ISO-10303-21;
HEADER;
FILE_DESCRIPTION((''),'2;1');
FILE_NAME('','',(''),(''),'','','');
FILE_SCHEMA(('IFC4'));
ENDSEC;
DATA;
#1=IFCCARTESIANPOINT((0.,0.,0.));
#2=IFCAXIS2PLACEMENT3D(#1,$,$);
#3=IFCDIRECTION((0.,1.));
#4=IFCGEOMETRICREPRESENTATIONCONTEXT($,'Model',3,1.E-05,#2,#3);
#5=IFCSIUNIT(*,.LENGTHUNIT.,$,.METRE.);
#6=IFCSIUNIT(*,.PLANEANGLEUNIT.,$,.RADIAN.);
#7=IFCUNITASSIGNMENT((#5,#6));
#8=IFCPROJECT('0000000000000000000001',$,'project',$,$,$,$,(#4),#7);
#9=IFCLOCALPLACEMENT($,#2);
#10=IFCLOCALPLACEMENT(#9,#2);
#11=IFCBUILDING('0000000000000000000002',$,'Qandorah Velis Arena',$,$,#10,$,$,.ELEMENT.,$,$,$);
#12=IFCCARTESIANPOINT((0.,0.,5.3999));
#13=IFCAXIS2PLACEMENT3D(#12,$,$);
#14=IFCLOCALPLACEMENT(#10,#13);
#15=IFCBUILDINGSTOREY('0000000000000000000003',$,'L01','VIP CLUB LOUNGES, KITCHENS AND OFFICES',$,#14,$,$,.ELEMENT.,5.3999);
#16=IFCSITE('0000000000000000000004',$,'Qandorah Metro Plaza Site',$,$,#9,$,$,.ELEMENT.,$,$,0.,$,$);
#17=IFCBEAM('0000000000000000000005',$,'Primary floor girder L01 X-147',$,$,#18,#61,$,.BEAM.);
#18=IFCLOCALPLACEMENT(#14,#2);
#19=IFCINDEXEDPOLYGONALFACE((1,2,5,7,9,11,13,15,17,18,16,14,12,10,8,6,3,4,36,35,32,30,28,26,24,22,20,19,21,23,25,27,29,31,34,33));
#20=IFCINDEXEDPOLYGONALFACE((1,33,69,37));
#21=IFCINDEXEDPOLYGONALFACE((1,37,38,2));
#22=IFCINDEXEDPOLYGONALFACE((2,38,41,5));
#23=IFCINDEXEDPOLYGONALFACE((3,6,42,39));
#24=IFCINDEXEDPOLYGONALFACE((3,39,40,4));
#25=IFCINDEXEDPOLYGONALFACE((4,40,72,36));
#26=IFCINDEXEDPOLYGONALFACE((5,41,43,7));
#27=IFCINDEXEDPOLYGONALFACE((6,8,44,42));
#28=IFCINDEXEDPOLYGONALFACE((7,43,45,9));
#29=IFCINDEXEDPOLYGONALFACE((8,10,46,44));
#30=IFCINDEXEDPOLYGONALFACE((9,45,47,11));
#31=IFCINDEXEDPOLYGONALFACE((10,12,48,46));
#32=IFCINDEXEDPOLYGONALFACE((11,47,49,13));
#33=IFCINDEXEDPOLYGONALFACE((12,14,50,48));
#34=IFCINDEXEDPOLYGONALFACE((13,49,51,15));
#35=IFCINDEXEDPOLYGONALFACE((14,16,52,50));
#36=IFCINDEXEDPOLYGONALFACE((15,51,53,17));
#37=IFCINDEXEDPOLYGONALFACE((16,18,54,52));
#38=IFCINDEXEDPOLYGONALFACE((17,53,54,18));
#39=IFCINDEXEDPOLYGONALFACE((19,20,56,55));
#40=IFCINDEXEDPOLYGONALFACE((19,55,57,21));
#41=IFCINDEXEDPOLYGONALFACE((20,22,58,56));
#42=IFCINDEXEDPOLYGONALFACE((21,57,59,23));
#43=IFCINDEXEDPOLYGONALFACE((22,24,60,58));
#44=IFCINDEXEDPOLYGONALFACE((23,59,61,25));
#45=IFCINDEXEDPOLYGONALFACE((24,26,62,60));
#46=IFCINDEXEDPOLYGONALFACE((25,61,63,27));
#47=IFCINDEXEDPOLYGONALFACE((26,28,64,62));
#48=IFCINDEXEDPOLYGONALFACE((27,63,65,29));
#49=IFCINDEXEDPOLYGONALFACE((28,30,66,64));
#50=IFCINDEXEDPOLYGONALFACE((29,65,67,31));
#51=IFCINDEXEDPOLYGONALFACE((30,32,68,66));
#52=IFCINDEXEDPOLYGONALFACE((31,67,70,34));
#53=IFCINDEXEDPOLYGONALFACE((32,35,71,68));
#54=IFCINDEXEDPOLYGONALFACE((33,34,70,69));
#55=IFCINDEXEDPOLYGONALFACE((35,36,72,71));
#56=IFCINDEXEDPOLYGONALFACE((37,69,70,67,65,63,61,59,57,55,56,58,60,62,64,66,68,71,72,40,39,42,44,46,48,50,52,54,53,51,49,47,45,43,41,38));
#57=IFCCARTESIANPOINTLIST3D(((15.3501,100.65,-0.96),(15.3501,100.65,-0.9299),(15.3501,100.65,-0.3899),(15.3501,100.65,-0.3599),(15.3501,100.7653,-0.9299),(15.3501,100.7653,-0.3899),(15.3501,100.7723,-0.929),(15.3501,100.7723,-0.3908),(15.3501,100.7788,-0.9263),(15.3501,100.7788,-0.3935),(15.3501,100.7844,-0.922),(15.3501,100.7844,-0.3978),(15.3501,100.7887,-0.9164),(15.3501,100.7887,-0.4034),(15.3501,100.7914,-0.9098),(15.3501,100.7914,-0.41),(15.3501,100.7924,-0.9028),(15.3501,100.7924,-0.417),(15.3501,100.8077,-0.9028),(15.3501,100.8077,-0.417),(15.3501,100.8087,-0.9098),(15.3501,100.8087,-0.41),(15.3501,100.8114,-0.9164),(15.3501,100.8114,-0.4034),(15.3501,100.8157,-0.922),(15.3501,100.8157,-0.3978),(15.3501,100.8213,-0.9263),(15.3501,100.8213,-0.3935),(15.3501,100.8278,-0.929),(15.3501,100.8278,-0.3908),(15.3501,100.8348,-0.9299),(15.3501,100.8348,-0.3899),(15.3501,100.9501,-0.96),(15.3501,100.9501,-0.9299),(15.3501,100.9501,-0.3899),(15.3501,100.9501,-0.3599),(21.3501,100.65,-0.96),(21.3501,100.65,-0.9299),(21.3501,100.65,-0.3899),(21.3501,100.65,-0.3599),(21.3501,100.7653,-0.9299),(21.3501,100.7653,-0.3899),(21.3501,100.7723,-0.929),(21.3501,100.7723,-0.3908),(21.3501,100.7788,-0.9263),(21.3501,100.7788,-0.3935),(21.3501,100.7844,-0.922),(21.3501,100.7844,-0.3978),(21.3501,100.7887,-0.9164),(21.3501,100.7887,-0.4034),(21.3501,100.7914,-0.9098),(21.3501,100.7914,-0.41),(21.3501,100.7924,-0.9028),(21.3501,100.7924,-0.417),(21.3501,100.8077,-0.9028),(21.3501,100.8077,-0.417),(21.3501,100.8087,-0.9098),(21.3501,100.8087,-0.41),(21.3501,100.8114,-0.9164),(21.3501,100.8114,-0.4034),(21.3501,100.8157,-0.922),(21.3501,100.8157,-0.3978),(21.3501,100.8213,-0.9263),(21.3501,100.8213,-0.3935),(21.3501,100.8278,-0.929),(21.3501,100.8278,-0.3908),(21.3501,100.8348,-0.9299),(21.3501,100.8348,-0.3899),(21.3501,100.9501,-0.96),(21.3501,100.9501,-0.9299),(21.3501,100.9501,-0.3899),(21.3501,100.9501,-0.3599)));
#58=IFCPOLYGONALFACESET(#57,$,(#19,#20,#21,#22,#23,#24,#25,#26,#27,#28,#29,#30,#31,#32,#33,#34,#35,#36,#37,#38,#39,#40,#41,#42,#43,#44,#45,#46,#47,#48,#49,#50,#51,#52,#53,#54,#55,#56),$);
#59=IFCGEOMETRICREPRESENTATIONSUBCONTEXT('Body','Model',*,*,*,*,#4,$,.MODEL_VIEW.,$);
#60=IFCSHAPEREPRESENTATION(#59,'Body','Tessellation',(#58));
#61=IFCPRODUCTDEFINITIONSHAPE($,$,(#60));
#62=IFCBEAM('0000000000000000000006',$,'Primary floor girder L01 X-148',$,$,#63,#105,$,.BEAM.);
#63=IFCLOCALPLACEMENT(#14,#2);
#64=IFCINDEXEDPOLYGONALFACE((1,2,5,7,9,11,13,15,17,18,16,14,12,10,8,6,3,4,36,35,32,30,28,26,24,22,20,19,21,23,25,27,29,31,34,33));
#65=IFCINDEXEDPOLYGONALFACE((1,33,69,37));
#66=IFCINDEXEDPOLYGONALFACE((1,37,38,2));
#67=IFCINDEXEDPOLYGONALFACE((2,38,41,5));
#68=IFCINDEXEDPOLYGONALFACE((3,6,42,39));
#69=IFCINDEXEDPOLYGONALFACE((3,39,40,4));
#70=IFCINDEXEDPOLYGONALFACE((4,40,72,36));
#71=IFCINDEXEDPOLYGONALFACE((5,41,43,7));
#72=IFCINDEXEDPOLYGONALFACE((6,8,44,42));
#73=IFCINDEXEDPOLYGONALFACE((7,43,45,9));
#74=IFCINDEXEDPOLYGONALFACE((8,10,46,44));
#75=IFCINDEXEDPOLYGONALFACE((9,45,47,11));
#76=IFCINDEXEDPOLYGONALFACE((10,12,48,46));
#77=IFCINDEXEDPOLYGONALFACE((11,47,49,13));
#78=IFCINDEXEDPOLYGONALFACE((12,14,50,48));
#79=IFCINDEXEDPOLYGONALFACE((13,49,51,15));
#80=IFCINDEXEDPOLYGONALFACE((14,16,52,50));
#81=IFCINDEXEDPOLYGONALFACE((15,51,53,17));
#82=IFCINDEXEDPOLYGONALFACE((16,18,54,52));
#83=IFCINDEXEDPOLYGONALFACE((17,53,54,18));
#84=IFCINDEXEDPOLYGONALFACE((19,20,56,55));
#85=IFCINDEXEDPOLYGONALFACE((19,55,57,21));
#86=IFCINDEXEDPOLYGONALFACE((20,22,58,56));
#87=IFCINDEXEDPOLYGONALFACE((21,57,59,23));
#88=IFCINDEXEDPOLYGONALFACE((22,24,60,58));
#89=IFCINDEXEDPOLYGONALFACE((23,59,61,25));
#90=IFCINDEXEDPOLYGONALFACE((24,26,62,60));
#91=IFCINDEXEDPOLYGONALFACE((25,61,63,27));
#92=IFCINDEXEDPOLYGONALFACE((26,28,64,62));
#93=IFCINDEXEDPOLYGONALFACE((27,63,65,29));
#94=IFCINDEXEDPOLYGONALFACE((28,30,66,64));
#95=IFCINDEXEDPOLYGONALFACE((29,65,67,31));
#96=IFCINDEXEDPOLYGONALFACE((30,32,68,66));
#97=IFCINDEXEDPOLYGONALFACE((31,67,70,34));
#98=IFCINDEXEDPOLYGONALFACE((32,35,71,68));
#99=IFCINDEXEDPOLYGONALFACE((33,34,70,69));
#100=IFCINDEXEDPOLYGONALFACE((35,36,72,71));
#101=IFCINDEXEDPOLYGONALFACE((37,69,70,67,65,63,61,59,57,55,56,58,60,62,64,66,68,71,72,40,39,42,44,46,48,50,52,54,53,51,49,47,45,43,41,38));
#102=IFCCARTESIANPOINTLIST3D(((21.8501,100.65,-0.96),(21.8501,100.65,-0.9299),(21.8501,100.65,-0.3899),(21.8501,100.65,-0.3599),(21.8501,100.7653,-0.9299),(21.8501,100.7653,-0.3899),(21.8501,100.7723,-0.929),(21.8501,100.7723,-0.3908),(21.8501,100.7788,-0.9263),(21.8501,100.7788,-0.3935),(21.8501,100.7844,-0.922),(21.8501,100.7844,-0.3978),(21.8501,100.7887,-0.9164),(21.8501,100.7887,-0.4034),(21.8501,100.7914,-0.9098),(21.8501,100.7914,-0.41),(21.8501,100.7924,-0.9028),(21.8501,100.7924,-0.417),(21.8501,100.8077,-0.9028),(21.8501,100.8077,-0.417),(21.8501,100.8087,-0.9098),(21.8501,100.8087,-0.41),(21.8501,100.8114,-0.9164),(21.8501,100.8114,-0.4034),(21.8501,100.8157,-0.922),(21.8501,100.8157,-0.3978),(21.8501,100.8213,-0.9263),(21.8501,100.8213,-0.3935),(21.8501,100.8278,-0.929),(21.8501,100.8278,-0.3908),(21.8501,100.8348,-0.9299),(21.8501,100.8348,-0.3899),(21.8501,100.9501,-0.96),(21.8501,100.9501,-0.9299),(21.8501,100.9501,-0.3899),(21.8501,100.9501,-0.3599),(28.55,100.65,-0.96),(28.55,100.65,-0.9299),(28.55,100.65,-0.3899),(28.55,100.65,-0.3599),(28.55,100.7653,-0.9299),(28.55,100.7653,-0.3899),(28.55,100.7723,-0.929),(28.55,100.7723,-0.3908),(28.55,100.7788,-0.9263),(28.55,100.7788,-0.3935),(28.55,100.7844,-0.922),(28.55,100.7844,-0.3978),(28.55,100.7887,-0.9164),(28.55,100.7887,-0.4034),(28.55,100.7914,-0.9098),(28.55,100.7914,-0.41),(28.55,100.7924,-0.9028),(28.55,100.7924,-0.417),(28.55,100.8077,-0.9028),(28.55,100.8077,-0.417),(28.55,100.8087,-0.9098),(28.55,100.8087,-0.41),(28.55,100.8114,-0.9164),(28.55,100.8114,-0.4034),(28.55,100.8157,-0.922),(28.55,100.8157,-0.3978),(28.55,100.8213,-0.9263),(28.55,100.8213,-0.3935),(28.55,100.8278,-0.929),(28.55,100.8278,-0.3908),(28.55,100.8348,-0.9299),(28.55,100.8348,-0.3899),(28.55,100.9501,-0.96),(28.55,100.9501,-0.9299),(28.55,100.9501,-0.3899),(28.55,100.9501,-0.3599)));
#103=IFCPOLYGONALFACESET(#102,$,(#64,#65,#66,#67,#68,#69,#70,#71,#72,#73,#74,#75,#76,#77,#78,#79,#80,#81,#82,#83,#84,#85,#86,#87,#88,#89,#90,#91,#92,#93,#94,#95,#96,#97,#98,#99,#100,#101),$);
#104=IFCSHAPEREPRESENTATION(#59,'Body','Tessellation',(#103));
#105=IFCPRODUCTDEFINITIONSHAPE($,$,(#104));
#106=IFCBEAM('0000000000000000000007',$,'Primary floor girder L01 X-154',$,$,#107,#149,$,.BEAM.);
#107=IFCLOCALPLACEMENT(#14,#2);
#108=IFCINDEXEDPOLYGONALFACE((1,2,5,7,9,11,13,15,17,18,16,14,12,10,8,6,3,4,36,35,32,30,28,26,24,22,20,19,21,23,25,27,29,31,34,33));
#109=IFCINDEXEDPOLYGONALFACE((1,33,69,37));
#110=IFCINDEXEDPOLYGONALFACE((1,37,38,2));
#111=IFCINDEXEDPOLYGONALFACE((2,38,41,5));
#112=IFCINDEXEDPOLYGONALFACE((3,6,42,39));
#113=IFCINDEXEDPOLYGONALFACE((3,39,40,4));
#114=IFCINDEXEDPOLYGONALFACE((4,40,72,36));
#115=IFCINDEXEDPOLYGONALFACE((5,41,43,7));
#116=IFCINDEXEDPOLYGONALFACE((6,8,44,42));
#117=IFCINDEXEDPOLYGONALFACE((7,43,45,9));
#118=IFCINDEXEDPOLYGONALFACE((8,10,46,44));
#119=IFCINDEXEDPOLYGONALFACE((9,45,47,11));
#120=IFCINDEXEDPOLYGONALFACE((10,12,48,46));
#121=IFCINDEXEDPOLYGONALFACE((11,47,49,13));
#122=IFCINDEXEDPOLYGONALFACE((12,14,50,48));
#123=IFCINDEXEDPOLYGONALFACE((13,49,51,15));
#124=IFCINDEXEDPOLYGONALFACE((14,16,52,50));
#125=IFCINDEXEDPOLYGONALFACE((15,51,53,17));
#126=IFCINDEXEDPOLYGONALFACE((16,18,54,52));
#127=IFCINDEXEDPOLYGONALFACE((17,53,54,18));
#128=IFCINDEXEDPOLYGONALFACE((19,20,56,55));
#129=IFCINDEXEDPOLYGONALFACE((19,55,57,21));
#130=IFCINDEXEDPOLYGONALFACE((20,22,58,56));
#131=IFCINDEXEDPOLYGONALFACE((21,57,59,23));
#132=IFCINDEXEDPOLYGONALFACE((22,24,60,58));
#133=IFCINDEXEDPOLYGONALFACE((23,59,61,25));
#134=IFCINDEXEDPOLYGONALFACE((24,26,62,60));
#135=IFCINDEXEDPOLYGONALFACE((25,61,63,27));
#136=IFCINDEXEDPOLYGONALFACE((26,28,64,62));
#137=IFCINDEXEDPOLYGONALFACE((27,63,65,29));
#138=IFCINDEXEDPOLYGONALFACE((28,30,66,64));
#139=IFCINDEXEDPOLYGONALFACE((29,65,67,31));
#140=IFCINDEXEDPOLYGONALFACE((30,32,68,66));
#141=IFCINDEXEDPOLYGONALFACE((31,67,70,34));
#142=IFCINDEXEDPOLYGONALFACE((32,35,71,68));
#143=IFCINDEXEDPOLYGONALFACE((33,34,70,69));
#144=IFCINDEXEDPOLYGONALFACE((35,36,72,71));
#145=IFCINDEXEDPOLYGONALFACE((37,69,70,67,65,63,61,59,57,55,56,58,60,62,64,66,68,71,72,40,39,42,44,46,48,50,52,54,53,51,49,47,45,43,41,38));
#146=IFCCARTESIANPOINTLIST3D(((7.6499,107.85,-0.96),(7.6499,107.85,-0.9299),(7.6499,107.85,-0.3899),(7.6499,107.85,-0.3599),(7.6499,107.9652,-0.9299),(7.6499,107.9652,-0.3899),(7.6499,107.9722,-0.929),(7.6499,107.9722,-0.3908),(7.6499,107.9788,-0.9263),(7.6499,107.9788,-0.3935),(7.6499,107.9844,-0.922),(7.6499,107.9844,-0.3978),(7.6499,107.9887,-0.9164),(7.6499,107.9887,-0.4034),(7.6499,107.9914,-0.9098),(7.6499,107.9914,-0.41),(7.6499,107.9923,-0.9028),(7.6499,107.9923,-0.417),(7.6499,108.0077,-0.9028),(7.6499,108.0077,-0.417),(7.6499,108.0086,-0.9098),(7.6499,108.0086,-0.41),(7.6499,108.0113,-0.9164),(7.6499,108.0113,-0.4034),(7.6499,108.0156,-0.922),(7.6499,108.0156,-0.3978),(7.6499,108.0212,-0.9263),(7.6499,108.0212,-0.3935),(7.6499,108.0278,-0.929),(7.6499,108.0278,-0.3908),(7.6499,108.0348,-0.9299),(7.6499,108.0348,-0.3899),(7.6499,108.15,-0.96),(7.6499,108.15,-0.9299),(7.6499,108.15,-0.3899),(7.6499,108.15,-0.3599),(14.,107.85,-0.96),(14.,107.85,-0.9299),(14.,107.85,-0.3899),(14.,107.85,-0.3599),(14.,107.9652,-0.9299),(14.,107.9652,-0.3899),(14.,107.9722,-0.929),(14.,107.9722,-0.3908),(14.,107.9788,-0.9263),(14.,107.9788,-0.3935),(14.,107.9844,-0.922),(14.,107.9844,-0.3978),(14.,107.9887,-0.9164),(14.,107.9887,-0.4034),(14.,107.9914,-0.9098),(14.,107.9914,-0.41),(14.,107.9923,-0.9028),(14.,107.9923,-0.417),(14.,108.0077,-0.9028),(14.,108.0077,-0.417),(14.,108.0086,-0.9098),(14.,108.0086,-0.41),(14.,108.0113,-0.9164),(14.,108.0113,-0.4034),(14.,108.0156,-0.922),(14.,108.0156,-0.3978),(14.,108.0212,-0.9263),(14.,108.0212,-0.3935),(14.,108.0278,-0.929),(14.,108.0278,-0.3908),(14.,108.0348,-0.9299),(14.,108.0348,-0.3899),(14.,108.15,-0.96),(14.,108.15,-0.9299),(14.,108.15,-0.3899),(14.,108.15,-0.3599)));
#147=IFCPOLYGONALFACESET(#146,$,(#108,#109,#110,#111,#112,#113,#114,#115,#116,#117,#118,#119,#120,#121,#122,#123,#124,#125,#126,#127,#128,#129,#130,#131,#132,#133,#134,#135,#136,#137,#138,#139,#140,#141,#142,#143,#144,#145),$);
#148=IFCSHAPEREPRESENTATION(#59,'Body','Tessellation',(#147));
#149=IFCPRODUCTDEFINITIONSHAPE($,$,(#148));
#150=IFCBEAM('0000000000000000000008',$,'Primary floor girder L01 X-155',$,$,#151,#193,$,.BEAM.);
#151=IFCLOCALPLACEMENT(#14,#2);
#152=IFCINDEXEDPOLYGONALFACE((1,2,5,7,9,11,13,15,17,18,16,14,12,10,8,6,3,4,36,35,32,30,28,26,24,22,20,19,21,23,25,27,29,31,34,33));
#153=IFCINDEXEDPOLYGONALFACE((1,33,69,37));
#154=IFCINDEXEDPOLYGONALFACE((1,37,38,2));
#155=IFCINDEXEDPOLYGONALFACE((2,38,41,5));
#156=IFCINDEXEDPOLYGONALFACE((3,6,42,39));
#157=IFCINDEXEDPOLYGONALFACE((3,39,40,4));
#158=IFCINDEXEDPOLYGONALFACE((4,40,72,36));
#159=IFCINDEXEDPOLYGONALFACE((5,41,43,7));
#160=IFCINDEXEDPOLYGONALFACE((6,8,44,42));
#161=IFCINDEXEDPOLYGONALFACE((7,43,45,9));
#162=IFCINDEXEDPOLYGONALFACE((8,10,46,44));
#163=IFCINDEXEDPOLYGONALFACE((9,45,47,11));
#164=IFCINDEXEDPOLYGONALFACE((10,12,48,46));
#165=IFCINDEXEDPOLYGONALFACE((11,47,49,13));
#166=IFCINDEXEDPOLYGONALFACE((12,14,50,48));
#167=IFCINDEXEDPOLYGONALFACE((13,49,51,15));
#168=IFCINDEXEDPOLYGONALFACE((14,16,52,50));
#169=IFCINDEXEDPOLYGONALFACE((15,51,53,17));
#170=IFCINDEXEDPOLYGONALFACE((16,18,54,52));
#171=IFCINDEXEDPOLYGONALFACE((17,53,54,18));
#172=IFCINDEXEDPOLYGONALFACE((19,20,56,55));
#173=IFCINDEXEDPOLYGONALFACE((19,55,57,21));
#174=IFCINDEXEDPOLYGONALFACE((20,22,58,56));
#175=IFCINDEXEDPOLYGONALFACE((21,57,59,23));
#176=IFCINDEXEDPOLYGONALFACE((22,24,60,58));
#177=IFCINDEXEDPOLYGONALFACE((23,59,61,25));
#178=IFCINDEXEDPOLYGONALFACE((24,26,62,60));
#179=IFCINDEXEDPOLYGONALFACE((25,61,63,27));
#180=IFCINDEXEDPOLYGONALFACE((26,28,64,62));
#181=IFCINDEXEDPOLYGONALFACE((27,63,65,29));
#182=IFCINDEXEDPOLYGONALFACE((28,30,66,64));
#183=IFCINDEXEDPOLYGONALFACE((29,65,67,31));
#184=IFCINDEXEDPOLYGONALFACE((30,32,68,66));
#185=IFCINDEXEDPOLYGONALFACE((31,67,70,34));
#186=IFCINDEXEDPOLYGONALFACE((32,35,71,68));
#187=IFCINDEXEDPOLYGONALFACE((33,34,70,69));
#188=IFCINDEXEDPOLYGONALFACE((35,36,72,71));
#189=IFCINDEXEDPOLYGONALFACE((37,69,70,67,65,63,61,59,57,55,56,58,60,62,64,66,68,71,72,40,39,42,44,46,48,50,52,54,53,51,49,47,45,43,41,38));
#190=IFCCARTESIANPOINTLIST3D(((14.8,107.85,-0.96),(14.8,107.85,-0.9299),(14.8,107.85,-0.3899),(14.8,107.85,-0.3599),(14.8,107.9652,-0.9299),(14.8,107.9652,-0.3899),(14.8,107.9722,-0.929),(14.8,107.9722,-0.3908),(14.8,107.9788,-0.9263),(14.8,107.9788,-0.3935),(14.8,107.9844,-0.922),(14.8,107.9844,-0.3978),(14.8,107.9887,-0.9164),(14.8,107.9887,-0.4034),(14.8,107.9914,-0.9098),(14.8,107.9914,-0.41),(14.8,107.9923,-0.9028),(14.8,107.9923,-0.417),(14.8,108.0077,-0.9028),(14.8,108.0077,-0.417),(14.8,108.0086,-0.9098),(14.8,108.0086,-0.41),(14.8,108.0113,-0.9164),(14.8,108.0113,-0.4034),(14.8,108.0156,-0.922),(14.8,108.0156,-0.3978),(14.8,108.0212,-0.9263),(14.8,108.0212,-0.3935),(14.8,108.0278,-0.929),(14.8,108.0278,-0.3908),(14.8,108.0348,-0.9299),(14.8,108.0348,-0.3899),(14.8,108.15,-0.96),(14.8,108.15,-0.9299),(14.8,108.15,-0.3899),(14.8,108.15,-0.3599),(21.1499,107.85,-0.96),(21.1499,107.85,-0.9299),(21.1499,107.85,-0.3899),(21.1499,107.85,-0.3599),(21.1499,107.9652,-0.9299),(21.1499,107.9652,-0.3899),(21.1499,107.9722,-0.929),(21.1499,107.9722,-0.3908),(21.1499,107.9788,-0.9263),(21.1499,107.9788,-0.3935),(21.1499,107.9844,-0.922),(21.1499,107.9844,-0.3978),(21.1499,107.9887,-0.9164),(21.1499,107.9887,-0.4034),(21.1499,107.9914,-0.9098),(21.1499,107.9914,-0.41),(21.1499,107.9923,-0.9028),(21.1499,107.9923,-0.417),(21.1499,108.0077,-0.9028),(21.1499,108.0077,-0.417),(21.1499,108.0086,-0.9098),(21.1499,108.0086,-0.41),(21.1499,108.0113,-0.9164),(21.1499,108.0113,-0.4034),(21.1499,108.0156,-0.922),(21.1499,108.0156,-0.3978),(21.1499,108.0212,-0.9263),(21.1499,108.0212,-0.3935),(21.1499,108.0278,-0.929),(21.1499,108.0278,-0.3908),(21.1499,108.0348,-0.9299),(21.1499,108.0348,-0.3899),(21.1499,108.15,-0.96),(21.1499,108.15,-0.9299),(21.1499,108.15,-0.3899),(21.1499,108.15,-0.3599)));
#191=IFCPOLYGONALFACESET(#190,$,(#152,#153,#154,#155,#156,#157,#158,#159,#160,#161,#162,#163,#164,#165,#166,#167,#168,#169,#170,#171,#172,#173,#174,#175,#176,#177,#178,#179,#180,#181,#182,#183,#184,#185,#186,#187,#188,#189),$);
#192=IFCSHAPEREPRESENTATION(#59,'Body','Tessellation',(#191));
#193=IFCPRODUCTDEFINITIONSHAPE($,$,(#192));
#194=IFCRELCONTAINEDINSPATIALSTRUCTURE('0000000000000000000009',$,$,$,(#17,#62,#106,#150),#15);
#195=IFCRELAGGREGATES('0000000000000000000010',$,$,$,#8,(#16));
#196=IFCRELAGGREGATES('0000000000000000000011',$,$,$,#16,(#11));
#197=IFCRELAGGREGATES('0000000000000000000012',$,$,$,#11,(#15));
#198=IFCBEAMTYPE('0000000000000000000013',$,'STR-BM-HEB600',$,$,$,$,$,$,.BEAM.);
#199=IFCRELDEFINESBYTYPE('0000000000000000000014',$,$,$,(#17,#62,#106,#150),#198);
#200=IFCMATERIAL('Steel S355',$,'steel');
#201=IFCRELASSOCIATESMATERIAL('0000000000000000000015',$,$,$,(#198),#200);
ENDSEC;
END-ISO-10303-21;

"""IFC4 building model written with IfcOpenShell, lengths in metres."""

from ifc_helpers import new_model, si_unit, direction, frame, origin, origin_2d, place, context, subcontext, project, spatial, i_section, extrude, material, material_profile, profile_set, type_object, element, save


model = new_model("IFC4")

# Units and contexts
model_context = context("Model", 3, precision=1e-05, world=origin(), true_north=direction((0.0, 1.0)))
body_context = subcontext(model_context, "Body", "Model", "MODEL_VIEW")
ifc_project = project(units=[si_unit("LENGTHUNIT", "METRE"), si_unit("PLANEANGLEUNIT", "RADIAN")], contexts=[model_context])

# Site, building, storey
site_placement = place(None, origin())
site = spatial("IfcSite", under=ifc_project, at=site_placement, Name="Qandorah Metro Plaza Site", CompositionType="ELEMENT", RefElevation=0.0)
building_placement = place(site_placement, origin())
building = spatial("IfcBuilding", under=site, at=building_placement, Name="Qandorah Velis Arena", CompositionType="ELEMENT")
storey_placement = place(building_placement, frame((0.0, 0.0, 5.3999)))
storey = spatial("IfcBuildingStorey", under=building, at=storey_placement, Name="L01", Description="VIP CLUB LOUNGES, KITCHENS AND OFFICES", CompositionType="ELEMENT", Elevation=5.3999)

# Beams
ifc_material_1 = material(Name="Steel S355", Category="steel")
ifc_material_profile_1 = material_profile(ifc_material_1, i_section(OverallWidth=0.3, OverallDepth=0.6001, WebThickness=0.0154, FlangeThickness=0.03, FilletRadius=0.0271, at=origin_2d()), Name="HEB 600")
ifc_profile_set_1 = profile_set([ifc_material_profile_1], Name="Steel S355")
beam_type_1 = type_object("IfcBeamType", Name="STR-BM-HEB600", PredefinedType="BEAM", material=ifc_profile_set_1)
beam_1_placement = place(storey_placement, frame((15.3501, 100.8, -0.6599), z_axis=(1.0, 0.0, 0.0), x_axis=(0.0, 1.0, 0.0)))
element("IfcBeam", 1, at=beam_1_placement, inside=storey, type_object=beam_type_1, Name="Primary floor girder L01 X-147", PredefinedType="BEAM", context=body_context, shape_type="SweptSolid", body=[
    extrude(i_section(OverallWidth=0.3, OverallDepth=0.6001, WebThickness=0.0154, FlangeThickness=0.03, FilletRadius=0.0271, at=origin_2d()), origin(), (0.0, 0.0, 1.0), 6.0),
])
beam_2_placement = place(storey_placement, frame((21.8501, 100.8, -0.6599), z_axis=(1.0, 0.0, 0.0), x_axis=(0.0, 1.0, 0.0)))
element("IfcBeam", 2, at=beam_2_placement, inside=storey, type_object=beam_type_1, Name="Primary floor girder L01 X-148", PredefinedType="BEAM", context=body_context, shape_type="SweptSolid", body=[
    extrude(i_section(OverallWidth=0.3, OverallDepth=0.6001, WebThickness=0.0154, FlangeThickness=0.03, FilletRadius=0.0271, at=origin_2d()), origin(), (0.0, 0.0, 1.0), 6.7),
])
beam_3_placement = place(storey_placement, frame((7.6499, 108.0, -0.6599), z_axis=(1.0, 0.0, 0.0), x_axis=(0.0, 1.0, 0.0)))
element("IfcBeam", 3, at=beam_3_placement, inside=storey, type_object=beam_type_1, Name="Primary floor girder L01 X-154", PredefinedType="BEAM", context=body_context, shape_type="SweptSolid", body=[
    extrude(i_section(OverallWidth=0.3, OverallDepth=0.6001, WebThickness=0.0154, FlangeThickness=0.03, FilletRadius=0.0271, at=origin_2d()), origin(), (0.0, 0.0, 1.0), 6.3501),
])
beam_4_placement = place(storey_placement, frame((14.8, 108.0, -0.6599), z_axis=(1.0, 0.0, 0.0), x_axis=(0.0, 1.0, 0.0)))
element("IfcBeam", 4, at=beam_4_placement, inside=storey, type_object=beam_type_1, Name="Primary floor girder L01 X-155", PredefinedType="BEAM", context=body_context, shape_type="SweptSolid", body=[
    extrude(i_section(OverallWidth=0.3, OverallDepth=0.6001, WebThickness=0.0154, FlangeThickness=0.03, FilletRadius=0.0271, at=origin_2d()), origin(), (0.0, 0.0, 1.0), 6.3499),
])

save(model, "model.ifc")
